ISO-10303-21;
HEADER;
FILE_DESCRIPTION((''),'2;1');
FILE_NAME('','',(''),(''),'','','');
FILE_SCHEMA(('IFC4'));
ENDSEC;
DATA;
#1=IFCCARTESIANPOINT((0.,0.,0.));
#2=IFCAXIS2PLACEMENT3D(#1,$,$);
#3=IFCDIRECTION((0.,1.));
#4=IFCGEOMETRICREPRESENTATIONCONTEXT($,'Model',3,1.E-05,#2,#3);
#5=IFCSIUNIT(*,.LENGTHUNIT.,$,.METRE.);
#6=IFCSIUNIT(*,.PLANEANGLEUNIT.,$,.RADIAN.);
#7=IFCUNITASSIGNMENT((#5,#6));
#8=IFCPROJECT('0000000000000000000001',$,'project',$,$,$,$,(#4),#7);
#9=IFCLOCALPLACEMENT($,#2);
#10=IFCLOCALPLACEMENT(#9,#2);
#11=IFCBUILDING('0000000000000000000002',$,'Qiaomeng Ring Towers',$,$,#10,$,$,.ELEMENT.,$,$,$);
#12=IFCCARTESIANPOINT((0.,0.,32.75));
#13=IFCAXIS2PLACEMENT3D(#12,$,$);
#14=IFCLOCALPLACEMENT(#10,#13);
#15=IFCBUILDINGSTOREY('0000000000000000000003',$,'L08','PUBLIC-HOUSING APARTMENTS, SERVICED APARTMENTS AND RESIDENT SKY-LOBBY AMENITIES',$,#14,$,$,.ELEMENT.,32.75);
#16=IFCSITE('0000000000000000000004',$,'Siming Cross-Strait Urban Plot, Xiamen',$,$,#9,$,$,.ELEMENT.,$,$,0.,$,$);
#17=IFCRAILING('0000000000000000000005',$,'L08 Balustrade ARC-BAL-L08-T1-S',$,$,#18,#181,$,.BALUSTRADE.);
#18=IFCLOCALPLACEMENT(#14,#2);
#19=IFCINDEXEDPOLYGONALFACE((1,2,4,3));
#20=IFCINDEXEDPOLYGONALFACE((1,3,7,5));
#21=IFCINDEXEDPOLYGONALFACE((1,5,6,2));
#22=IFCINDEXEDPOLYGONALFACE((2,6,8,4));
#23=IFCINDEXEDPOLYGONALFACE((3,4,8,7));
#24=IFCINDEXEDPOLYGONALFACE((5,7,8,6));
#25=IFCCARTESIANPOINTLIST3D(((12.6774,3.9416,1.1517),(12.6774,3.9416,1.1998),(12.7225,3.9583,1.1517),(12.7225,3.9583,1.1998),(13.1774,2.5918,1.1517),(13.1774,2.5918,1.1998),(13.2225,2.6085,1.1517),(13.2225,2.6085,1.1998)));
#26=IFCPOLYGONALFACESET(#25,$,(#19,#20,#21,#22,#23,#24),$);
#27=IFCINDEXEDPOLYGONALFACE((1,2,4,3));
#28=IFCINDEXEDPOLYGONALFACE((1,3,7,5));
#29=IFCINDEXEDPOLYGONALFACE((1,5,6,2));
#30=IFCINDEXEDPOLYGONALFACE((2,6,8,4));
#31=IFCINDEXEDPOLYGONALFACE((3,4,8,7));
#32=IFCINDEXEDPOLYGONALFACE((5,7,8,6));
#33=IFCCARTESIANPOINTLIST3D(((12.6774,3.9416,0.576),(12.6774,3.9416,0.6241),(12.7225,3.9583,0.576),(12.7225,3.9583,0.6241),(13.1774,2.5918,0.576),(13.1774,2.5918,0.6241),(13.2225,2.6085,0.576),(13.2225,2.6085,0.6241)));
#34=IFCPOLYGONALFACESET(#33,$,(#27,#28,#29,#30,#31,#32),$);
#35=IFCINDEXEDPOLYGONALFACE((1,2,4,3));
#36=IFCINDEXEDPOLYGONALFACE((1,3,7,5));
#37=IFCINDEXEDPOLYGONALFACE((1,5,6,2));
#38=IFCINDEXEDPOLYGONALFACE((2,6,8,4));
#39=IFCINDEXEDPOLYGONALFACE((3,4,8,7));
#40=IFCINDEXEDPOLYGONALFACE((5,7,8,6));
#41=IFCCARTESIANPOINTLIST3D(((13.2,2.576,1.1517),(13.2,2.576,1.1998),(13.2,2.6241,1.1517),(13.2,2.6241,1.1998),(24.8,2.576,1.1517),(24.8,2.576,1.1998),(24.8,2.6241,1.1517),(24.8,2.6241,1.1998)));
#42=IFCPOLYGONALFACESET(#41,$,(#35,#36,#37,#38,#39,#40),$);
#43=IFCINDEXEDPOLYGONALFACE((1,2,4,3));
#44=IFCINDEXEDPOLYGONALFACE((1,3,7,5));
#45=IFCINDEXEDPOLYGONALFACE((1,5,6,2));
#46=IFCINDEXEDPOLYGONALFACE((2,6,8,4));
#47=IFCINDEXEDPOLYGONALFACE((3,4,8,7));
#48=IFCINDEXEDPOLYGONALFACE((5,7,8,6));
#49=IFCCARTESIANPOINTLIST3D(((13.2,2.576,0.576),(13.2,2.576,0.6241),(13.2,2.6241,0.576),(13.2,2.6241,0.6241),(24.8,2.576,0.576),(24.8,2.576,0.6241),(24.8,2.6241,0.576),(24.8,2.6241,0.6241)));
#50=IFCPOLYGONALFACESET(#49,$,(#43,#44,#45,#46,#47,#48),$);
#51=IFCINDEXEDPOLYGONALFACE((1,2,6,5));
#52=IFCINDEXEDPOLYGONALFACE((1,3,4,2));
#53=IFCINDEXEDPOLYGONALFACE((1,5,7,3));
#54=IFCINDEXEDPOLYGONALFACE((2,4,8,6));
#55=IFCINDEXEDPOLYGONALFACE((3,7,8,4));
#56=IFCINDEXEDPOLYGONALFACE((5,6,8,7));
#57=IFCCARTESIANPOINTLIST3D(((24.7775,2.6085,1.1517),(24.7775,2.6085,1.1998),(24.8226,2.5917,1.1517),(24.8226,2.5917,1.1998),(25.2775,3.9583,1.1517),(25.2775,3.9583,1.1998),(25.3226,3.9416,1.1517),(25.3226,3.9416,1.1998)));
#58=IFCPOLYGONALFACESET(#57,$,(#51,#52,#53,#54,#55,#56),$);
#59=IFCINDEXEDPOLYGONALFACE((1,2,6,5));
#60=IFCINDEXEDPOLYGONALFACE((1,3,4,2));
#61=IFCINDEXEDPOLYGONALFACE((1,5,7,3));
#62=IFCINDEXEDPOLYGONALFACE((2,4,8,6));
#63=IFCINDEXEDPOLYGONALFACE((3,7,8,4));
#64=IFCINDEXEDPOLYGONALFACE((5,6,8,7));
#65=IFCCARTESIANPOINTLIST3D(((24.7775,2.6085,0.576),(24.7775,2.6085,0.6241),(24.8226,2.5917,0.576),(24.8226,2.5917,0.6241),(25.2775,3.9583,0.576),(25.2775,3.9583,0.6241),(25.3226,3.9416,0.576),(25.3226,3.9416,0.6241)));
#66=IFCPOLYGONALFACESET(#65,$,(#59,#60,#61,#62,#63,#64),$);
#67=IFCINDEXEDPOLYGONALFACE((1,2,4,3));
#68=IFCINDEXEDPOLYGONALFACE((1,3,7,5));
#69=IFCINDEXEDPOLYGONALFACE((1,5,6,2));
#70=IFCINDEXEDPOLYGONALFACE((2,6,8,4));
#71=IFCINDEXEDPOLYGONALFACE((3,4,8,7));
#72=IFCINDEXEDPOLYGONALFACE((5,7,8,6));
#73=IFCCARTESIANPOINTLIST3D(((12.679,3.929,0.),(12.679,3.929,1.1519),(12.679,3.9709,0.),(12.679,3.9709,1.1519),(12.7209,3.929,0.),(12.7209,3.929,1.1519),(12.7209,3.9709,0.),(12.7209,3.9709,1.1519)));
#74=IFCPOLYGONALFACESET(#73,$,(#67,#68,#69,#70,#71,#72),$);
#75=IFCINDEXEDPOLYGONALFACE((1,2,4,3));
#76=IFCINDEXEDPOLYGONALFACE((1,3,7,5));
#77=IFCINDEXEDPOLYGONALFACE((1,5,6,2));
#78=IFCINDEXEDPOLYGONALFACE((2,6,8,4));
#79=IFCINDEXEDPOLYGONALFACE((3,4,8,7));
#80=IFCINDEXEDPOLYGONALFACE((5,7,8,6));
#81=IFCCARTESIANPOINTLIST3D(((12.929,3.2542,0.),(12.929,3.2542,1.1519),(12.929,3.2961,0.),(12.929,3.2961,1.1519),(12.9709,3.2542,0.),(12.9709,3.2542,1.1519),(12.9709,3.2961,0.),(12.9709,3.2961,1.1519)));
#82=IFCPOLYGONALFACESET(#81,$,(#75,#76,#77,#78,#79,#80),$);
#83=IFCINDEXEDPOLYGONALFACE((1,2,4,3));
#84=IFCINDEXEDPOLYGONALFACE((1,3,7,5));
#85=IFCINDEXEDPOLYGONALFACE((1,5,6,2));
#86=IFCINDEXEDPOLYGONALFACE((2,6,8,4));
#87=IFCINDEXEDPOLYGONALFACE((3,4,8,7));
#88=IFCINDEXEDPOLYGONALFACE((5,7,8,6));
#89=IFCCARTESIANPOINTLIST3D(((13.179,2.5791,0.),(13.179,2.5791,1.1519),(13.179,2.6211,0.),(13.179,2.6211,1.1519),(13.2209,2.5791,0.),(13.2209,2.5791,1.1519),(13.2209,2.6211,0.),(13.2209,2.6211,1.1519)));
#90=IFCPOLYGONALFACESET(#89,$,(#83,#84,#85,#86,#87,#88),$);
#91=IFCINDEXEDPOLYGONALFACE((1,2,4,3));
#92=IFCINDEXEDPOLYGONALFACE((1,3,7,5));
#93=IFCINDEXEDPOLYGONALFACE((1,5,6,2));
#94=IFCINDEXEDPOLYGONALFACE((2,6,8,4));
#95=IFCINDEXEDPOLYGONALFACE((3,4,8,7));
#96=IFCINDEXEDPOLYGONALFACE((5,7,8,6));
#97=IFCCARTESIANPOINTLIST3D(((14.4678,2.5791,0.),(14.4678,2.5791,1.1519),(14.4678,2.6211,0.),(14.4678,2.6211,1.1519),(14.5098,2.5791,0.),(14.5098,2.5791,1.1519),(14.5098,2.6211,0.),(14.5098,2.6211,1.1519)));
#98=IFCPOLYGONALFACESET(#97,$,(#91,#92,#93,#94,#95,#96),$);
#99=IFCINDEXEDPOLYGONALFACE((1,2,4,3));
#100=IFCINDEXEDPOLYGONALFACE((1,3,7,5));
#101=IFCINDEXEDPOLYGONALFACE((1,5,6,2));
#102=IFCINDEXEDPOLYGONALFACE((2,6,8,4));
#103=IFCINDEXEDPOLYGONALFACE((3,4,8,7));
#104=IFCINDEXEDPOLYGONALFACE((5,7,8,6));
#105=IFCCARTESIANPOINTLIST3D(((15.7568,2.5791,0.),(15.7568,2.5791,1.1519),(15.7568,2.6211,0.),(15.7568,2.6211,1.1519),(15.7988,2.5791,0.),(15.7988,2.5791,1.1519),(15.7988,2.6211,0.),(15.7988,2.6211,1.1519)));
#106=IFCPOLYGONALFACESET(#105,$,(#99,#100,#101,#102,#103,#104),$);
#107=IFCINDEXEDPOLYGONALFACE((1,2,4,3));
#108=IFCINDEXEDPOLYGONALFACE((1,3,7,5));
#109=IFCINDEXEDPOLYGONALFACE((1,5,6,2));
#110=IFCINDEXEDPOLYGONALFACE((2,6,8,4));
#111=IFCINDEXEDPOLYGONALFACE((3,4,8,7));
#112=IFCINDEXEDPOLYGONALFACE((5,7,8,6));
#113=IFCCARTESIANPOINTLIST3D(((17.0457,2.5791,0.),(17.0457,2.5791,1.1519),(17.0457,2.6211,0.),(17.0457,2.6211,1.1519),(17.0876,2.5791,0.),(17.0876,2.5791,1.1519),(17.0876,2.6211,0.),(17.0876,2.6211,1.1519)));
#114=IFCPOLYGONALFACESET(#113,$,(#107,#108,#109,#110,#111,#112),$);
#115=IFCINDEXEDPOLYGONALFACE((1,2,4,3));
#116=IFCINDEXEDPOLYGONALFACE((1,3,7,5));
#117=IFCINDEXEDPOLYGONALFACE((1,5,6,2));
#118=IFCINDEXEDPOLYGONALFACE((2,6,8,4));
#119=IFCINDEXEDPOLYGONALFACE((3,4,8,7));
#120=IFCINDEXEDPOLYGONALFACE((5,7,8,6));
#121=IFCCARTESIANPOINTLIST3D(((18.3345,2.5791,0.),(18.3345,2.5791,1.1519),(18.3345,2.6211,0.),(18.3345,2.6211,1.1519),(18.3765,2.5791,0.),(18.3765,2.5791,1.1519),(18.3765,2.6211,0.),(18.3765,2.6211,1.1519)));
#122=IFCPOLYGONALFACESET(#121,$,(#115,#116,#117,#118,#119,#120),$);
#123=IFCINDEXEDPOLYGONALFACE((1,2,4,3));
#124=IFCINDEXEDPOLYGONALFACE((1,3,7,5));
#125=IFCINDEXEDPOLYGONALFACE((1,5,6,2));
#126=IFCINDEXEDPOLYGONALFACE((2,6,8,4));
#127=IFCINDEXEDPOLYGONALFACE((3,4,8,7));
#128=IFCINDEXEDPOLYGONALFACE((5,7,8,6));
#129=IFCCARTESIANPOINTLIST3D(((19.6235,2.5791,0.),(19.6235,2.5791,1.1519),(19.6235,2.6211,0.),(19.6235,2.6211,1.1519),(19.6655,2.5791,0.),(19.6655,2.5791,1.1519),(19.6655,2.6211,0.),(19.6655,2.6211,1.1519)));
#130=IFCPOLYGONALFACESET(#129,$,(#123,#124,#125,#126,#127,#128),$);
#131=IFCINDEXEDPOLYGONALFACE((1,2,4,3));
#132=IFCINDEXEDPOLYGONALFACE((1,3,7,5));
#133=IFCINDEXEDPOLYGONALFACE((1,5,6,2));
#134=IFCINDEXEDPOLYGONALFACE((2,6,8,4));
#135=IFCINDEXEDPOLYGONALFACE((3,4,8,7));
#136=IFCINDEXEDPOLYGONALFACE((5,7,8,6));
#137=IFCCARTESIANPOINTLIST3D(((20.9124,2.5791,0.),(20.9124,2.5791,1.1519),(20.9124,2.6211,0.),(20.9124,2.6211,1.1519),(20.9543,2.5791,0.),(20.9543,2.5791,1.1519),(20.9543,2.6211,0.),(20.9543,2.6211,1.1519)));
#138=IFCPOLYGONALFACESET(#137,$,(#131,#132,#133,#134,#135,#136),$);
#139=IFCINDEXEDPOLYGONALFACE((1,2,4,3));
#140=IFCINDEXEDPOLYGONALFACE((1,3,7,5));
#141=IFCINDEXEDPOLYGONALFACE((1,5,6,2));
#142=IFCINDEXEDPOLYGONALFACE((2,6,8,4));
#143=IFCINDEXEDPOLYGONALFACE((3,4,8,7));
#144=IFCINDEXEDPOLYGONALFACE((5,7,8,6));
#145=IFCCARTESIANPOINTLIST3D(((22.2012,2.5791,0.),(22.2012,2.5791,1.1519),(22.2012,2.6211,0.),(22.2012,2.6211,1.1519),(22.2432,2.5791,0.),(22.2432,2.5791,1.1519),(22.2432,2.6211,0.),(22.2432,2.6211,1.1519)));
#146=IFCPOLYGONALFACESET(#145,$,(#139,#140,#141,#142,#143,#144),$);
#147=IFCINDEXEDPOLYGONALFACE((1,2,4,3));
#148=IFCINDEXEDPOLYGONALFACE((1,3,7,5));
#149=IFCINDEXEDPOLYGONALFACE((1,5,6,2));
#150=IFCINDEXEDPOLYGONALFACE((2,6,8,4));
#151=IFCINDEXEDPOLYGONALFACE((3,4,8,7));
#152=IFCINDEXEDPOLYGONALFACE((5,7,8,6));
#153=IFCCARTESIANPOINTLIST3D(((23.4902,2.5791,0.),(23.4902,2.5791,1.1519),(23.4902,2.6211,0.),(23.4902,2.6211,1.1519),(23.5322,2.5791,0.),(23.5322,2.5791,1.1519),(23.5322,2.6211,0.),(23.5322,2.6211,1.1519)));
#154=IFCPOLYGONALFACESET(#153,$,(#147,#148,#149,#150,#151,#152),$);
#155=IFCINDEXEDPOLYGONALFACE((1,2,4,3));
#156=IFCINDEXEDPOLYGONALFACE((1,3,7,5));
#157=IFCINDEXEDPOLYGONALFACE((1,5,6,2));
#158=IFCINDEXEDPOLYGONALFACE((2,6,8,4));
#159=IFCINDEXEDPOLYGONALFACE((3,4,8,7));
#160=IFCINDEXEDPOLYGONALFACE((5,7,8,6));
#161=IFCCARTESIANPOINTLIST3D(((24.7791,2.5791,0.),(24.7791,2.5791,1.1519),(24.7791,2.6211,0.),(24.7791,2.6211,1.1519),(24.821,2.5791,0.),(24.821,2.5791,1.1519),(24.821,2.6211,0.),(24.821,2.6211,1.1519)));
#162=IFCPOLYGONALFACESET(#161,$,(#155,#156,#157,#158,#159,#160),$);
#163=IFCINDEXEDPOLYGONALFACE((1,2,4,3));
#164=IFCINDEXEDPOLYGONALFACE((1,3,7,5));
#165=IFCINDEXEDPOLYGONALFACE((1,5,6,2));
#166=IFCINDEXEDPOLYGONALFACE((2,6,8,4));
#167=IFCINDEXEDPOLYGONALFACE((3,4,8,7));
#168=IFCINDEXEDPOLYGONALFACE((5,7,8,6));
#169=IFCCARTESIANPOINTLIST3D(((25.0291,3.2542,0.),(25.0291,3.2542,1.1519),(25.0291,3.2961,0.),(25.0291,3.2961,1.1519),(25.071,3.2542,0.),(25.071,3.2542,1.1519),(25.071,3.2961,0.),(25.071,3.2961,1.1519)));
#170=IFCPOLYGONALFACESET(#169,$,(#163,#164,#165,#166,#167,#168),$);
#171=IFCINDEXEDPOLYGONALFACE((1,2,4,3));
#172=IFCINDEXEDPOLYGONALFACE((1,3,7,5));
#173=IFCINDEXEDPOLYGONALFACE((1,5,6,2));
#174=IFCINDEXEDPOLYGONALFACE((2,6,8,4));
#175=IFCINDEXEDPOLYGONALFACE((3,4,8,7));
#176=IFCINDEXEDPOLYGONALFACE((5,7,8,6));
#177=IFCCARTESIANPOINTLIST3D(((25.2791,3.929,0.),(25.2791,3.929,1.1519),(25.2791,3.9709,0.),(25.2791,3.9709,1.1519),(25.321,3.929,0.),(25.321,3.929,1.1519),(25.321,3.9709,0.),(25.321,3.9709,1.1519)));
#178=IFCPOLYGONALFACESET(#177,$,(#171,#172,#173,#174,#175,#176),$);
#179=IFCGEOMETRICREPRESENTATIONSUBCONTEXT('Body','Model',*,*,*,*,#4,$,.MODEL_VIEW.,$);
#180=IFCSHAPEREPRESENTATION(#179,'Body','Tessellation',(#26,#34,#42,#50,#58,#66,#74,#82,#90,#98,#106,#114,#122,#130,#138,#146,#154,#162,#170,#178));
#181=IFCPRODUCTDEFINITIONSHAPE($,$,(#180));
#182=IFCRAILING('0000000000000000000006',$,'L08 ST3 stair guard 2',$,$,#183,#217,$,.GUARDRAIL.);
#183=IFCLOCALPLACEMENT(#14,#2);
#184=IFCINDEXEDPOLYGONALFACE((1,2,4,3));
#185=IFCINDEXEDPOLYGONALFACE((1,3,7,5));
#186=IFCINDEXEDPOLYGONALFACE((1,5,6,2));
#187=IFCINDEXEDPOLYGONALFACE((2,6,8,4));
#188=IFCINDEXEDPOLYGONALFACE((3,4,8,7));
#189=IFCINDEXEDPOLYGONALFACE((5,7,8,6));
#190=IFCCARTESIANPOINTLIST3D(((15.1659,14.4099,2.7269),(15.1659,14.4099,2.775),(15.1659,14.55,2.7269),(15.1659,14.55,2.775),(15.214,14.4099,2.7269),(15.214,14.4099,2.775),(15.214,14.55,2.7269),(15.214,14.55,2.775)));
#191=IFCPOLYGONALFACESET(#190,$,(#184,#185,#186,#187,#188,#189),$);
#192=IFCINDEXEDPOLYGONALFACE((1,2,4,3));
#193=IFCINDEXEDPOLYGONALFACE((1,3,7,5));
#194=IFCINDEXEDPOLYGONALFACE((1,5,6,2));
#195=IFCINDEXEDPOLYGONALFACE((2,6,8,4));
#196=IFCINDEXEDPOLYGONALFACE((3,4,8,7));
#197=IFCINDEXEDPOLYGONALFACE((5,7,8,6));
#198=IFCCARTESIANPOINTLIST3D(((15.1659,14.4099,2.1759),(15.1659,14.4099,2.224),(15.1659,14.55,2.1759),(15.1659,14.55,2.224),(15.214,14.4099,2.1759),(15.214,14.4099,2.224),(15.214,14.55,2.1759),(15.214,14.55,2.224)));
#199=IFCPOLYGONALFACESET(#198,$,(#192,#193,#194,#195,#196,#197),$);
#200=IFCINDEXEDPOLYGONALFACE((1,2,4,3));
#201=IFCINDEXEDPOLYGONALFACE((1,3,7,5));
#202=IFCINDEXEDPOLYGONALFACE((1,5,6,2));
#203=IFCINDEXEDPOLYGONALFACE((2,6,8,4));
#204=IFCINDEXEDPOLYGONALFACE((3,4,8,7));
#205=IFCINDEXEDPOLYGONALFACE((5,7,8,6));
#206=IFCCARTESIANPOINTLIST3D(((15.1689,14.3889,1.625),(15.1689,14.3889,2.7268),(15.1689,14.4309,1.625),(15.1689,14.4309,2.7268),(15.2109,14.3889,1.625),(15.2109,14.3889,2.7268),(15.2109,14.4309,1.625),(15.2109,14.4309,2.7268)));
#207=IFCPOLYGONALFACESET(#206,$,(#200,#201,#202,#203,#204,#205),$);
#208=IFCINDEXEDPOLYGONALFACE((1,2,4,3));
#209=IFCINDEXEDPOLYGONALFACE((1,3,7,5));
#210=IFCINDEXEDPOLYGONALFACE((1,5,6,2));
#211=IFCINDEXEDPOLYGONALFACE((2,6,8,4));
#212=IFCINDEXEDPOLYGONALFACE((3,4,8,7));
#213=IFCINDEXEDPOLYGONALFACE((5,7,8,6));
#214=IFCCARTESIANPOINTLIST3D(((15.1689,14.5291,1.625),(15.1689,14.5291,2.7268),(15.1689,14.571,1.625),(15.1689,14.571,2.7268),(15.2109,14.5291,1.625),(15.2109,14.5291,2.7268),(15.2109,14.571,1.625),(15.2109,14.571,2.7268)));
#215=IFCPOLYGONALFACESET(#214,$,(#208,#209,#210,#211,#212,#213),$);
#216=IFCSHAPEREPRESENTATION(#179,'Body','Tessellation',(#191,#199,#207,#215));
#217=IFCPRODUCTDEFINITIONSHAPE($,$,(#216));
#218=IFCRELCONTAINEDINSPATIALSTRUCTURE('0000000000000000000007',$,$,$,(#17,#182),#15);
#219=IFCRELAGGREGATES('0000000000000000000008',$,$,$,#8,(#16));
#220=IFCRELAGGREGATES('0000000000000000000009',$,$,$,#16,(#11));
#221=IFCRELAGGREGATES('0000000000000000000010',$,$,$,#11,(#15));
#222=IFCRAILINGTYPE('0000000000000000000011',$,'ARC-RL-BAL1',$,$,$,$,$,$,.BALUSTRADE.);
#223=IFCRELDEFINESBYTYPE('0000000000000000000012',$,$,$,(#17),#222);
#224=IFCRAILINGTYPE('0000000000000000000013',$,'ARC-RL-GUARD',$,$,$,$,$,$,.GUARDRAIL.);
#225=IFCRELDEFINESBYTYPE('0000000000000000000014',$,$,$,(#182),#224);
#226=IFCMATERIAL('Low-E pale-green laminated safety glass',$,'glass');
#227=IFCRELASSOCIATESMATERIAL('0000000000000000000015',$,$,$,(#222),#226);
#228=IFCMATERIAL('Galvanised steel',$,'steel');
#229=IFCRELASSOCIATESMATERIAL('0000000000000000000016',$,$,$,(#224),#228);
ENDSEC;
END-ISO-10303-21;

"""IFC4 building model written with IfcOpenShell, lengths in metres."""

from ifc_helpers import new_model, si_unit, direction, frame, origin, origin_2d, place, context, subcontext, project, spatial, rectangle, extrude, material, type_object, element, save


model = new_model("IFC4")

# Units and contexts
model_context = context("Model", 3, precision=1e-05, world=origin(), true_north=direction((0.0, 1.0)))
body_context = subcontext(model_context, "Body", "Model", "MODEL_VIEW")
ifc_project = project(units=[si_unit("LENGTHUNIT", "METRE"), si_unit("PLANEANGLEUNIT", "RADIAN")], contexts=[model_context])

# Site, building, storey
site_placement = place(None, origin())
site = spatial("IfcSite", under=ifc_project, at=site_placement, Name="Siming Cross-Strait Urban Plot, Xiamen", CompositionType="ELEMENT", RefElevation=0.0)
building_placement = place(site_placement, origin())
building = spatial("IfcBuilding", under=site, at=building_placement, Name="Qiaomeng Ring Towers", CompositionType="ELEMENT")
storey_placement = place(building_placement, frame((0.0, 0.0, 32.75)))
storey = spatial("IfcBuildingStorey", under=building, at=storey_placement, Name="L08", Description="PUBLIC-HOUSING APARTMENTS, SERVICED APARTMENTS AND RESIDENT SKY-LOBBY AMENITIES", CompositionType="ELEMENT", Elevation=32.75)

# Shared definitions
ifc_material_1 = material(Name="Galvanised steel", Category="steel")

# Railings
ifc_material_2 = material(Name="Low-E pale-green laminated safety glass", Category="glass")
railing_type_1 = type_object("IfcRailingType", Name="ARC-RL-BAL1", PredefinedType="BALUSTRADE", material=ifc_material_2)
railing_1_placement = place(storey_placement, frame((12.7, 3.95, 0.0)))
element("IfcRailing", 1, at=railing_1_placement, inside=storey, type_object=railing_type_1, Name="L08 Balustrade ARC-BAL-L08-T1-S", PredefinedType="BALUSTRADE", context=body_context, shape_type="SweptSolid", body=[
    extrude(rectangle(XDim=0.0481, YDim=0.0481, at=origin_2d()), frame((0.0, 0.0, 1.1758), z_axis=(0.347347, -0.937736, 0.0), x_axis=(0.937736, 0.347347, 0.0)), (0.0, 0.0, 1.0), 1.4395),
    extrude(rectangle(XDim=0.0481, YDim=0.0481, at=origin_2d()), frame((0.0, 0.0, 0.6001), z_axis=(0.347347, -0.937736, 0.0), x_axis=(0.937736, 0.347347, 0.0)), (0.0, 0.0, 1.0), 1.4395),
    extrude(rectangle(XDim=0.0481, YDim=0.0481, at=origin_2d()), frame((0.5, -1.3499, 1.1758), z_axis=(1.0, 0.0, 0.0), x_axis=(0.0, 1.0, 0.0)), (0.0, 0.0, 1.0), 11.6001),
    extrude(rectangle(XDim=0.0481, YDim=0.0481, at=origin_2d()), frame((0.5, -1.3499, 0.6001), z_axis=(1.0, 0.0, 0.0), x_axis=(0.0, 1.0, 0.0)), (0.0, 0.0, 1.0), 11.6001),
    extrude(rectangle(XDim=0.0481, YDim=0.0481, at=origin_2d()), frame((12.1001, -1.3499, 1.1758), z_axis=(0.347347, 0.937736, 0.0), x_axis=(-0.937736, 0.347347, 0.0)), (0.0, 0.0, 1.0), 1.4395),
    extrude(rectangle(XDim=0.0481, YDim=0.0481, at=origin_2d()), frame((12.1001, -1.3499, 0.6001), z_axis=(0.347347, 0.937736, 0.0), x_axis=(-0.937736, 0.347347, 0.0)), (0.0, 0.0, 1.0), 1.4395),
    extrude(rectangle(XDim=0.042, YDim=0.042, at=origin_2d()), origin(), (0.0, 0.0, 1.0), 1.1519),
    extrude(rectangle(XDim=0.042, YDim=0.042, at=origin_2d()), frame((0.25, -0.6748, 0.0)), (0.0, 0.0, 1.0), 1.1519),
    extrude(rectangle(XDim=0.042, YDim=0.042, at=origin_2d()), frame((0.5, -1.3499, 0.0)), (0.0, 0.0, 1.0), 1.1519),
    extrude(rectangle(XDim=0.042, YDim=0.042, at=origin_2d()), frame((1.7888, -1.3499, 0.0)), (0.0, 0.0, 1.0), 1.1519),
    extrude(rectangle(XDim=0.042, YDim=0.042, at=origin_2d()), frame((3.0779, -1.3499, 0.0)), (0.0, 0.0, 1.0), 1.1519),
    extrude(rectangle(XDim=0.042, YDim=0.042, at=origin_2d()), frame((4.3667, -1.3499, 0.0)), (0.0, 0.0, 1.0), 1.1519),
    extrude(rectangle(XDim=0.042, YDim=0.042, at=origin_2d()), frame((5.6555, -1.3499, 0.0)), (0.0, 0.0, 1.0), 1.1519),
    extrude(rectangle(XDim=0.042, YDim=0.042, at=origin_2d()), frame((6.9446, -1.3499, 0.0)), (0.0, 0.0, 1.0), 1.1519),
    extrude(rectangle(XDim=0.042, YDim=0.042, at=origin_2d()), frame((8.2334, -1.3499, 0.0)), (0.0, 0.0, 1.0), 1.1519),
    extrude(rectangle(XDim=0.042, YDim=0.042, at=origin_2d()), frame((9.5222, -1.3499, 0.0)), (0.0, 0.0, 1.0), 1.1519),
    extrude(rectangle(XDim=0.042, YDim=0.042, at=origin_2d()), frame((10.8113, -1.3499, 0.0)), (0.0, 0.0, 1.0), 1.1519),
    extrude(rectangle(XDim=0.042, YDim=0.042, at=origin_2d()), frame((12.1001, -1.3499, 0.0)), (0.0, 0.0, 1.0), 1.1519),
    extrude(rectangle(XDim=0.042, YDim=0.042, at=origin_2d()), frame((12.3501, -0.6748, 0.0)), (0.0, 0.0, 1.0), 1.1519),
    extrude(rectangle(XDim=0.042, YDim=0.042, at=origin_2d()), frame((12.6001, 0.0, 0.0)), (0.0, 0.0, 1.0), 1.1519),
])
railing_type_2 = type_object("IfcRailingType", Name="ARC-RL-GUARD", PredefinedType="GUARDRAIL", material=ifc_material_1)
railing_2_placement = place(storey_placement, frame((15.1899, 14.4099, 1.625)))
element("IfcRailing", 2, at=railing_2_placement, inside=storey, type_object=railing_type_2, Name="L08 ST3 stair guard 2", PredefinedType="GUARDRAIL", context=body_context, shape_type="SweptSolid", body=[
    extrude(rectangle(XDim=0.0481, YDim=0.0481, at=origin_2d()), frame((0.0, 0.0, 1.126), z_axis=(0.0, 1.0, 0.0), x_axis=(-1.0, 0.0, 0.0)), (0.0, 0.0, 1.0), 0.1401),
    extrude(rectangle(XDim=0.0481, YDim=0.0481, at=origin_2d()), frame((0.0, 0.0, 0.575), z_axis=(0.0, 1.0, 0.0), x_axis=(-1.0, 0.0, 0.0)), (0.0, 0.0, 1.0), 0.1401),
    extrude(rectangle(XDim=0.042, YDim=0.042, at=origin_2d()), origin(), (0.0, 0.0, 1.0), 1.1018),
    extrude(rectangle(XDim=0.042, YDim=0.042, at=origin_2d()), frame((0.0, 0.1401, 0.0)), (0.0, 0.0, 1.0), 1.1018),
])

save(model, "model.ifc")
